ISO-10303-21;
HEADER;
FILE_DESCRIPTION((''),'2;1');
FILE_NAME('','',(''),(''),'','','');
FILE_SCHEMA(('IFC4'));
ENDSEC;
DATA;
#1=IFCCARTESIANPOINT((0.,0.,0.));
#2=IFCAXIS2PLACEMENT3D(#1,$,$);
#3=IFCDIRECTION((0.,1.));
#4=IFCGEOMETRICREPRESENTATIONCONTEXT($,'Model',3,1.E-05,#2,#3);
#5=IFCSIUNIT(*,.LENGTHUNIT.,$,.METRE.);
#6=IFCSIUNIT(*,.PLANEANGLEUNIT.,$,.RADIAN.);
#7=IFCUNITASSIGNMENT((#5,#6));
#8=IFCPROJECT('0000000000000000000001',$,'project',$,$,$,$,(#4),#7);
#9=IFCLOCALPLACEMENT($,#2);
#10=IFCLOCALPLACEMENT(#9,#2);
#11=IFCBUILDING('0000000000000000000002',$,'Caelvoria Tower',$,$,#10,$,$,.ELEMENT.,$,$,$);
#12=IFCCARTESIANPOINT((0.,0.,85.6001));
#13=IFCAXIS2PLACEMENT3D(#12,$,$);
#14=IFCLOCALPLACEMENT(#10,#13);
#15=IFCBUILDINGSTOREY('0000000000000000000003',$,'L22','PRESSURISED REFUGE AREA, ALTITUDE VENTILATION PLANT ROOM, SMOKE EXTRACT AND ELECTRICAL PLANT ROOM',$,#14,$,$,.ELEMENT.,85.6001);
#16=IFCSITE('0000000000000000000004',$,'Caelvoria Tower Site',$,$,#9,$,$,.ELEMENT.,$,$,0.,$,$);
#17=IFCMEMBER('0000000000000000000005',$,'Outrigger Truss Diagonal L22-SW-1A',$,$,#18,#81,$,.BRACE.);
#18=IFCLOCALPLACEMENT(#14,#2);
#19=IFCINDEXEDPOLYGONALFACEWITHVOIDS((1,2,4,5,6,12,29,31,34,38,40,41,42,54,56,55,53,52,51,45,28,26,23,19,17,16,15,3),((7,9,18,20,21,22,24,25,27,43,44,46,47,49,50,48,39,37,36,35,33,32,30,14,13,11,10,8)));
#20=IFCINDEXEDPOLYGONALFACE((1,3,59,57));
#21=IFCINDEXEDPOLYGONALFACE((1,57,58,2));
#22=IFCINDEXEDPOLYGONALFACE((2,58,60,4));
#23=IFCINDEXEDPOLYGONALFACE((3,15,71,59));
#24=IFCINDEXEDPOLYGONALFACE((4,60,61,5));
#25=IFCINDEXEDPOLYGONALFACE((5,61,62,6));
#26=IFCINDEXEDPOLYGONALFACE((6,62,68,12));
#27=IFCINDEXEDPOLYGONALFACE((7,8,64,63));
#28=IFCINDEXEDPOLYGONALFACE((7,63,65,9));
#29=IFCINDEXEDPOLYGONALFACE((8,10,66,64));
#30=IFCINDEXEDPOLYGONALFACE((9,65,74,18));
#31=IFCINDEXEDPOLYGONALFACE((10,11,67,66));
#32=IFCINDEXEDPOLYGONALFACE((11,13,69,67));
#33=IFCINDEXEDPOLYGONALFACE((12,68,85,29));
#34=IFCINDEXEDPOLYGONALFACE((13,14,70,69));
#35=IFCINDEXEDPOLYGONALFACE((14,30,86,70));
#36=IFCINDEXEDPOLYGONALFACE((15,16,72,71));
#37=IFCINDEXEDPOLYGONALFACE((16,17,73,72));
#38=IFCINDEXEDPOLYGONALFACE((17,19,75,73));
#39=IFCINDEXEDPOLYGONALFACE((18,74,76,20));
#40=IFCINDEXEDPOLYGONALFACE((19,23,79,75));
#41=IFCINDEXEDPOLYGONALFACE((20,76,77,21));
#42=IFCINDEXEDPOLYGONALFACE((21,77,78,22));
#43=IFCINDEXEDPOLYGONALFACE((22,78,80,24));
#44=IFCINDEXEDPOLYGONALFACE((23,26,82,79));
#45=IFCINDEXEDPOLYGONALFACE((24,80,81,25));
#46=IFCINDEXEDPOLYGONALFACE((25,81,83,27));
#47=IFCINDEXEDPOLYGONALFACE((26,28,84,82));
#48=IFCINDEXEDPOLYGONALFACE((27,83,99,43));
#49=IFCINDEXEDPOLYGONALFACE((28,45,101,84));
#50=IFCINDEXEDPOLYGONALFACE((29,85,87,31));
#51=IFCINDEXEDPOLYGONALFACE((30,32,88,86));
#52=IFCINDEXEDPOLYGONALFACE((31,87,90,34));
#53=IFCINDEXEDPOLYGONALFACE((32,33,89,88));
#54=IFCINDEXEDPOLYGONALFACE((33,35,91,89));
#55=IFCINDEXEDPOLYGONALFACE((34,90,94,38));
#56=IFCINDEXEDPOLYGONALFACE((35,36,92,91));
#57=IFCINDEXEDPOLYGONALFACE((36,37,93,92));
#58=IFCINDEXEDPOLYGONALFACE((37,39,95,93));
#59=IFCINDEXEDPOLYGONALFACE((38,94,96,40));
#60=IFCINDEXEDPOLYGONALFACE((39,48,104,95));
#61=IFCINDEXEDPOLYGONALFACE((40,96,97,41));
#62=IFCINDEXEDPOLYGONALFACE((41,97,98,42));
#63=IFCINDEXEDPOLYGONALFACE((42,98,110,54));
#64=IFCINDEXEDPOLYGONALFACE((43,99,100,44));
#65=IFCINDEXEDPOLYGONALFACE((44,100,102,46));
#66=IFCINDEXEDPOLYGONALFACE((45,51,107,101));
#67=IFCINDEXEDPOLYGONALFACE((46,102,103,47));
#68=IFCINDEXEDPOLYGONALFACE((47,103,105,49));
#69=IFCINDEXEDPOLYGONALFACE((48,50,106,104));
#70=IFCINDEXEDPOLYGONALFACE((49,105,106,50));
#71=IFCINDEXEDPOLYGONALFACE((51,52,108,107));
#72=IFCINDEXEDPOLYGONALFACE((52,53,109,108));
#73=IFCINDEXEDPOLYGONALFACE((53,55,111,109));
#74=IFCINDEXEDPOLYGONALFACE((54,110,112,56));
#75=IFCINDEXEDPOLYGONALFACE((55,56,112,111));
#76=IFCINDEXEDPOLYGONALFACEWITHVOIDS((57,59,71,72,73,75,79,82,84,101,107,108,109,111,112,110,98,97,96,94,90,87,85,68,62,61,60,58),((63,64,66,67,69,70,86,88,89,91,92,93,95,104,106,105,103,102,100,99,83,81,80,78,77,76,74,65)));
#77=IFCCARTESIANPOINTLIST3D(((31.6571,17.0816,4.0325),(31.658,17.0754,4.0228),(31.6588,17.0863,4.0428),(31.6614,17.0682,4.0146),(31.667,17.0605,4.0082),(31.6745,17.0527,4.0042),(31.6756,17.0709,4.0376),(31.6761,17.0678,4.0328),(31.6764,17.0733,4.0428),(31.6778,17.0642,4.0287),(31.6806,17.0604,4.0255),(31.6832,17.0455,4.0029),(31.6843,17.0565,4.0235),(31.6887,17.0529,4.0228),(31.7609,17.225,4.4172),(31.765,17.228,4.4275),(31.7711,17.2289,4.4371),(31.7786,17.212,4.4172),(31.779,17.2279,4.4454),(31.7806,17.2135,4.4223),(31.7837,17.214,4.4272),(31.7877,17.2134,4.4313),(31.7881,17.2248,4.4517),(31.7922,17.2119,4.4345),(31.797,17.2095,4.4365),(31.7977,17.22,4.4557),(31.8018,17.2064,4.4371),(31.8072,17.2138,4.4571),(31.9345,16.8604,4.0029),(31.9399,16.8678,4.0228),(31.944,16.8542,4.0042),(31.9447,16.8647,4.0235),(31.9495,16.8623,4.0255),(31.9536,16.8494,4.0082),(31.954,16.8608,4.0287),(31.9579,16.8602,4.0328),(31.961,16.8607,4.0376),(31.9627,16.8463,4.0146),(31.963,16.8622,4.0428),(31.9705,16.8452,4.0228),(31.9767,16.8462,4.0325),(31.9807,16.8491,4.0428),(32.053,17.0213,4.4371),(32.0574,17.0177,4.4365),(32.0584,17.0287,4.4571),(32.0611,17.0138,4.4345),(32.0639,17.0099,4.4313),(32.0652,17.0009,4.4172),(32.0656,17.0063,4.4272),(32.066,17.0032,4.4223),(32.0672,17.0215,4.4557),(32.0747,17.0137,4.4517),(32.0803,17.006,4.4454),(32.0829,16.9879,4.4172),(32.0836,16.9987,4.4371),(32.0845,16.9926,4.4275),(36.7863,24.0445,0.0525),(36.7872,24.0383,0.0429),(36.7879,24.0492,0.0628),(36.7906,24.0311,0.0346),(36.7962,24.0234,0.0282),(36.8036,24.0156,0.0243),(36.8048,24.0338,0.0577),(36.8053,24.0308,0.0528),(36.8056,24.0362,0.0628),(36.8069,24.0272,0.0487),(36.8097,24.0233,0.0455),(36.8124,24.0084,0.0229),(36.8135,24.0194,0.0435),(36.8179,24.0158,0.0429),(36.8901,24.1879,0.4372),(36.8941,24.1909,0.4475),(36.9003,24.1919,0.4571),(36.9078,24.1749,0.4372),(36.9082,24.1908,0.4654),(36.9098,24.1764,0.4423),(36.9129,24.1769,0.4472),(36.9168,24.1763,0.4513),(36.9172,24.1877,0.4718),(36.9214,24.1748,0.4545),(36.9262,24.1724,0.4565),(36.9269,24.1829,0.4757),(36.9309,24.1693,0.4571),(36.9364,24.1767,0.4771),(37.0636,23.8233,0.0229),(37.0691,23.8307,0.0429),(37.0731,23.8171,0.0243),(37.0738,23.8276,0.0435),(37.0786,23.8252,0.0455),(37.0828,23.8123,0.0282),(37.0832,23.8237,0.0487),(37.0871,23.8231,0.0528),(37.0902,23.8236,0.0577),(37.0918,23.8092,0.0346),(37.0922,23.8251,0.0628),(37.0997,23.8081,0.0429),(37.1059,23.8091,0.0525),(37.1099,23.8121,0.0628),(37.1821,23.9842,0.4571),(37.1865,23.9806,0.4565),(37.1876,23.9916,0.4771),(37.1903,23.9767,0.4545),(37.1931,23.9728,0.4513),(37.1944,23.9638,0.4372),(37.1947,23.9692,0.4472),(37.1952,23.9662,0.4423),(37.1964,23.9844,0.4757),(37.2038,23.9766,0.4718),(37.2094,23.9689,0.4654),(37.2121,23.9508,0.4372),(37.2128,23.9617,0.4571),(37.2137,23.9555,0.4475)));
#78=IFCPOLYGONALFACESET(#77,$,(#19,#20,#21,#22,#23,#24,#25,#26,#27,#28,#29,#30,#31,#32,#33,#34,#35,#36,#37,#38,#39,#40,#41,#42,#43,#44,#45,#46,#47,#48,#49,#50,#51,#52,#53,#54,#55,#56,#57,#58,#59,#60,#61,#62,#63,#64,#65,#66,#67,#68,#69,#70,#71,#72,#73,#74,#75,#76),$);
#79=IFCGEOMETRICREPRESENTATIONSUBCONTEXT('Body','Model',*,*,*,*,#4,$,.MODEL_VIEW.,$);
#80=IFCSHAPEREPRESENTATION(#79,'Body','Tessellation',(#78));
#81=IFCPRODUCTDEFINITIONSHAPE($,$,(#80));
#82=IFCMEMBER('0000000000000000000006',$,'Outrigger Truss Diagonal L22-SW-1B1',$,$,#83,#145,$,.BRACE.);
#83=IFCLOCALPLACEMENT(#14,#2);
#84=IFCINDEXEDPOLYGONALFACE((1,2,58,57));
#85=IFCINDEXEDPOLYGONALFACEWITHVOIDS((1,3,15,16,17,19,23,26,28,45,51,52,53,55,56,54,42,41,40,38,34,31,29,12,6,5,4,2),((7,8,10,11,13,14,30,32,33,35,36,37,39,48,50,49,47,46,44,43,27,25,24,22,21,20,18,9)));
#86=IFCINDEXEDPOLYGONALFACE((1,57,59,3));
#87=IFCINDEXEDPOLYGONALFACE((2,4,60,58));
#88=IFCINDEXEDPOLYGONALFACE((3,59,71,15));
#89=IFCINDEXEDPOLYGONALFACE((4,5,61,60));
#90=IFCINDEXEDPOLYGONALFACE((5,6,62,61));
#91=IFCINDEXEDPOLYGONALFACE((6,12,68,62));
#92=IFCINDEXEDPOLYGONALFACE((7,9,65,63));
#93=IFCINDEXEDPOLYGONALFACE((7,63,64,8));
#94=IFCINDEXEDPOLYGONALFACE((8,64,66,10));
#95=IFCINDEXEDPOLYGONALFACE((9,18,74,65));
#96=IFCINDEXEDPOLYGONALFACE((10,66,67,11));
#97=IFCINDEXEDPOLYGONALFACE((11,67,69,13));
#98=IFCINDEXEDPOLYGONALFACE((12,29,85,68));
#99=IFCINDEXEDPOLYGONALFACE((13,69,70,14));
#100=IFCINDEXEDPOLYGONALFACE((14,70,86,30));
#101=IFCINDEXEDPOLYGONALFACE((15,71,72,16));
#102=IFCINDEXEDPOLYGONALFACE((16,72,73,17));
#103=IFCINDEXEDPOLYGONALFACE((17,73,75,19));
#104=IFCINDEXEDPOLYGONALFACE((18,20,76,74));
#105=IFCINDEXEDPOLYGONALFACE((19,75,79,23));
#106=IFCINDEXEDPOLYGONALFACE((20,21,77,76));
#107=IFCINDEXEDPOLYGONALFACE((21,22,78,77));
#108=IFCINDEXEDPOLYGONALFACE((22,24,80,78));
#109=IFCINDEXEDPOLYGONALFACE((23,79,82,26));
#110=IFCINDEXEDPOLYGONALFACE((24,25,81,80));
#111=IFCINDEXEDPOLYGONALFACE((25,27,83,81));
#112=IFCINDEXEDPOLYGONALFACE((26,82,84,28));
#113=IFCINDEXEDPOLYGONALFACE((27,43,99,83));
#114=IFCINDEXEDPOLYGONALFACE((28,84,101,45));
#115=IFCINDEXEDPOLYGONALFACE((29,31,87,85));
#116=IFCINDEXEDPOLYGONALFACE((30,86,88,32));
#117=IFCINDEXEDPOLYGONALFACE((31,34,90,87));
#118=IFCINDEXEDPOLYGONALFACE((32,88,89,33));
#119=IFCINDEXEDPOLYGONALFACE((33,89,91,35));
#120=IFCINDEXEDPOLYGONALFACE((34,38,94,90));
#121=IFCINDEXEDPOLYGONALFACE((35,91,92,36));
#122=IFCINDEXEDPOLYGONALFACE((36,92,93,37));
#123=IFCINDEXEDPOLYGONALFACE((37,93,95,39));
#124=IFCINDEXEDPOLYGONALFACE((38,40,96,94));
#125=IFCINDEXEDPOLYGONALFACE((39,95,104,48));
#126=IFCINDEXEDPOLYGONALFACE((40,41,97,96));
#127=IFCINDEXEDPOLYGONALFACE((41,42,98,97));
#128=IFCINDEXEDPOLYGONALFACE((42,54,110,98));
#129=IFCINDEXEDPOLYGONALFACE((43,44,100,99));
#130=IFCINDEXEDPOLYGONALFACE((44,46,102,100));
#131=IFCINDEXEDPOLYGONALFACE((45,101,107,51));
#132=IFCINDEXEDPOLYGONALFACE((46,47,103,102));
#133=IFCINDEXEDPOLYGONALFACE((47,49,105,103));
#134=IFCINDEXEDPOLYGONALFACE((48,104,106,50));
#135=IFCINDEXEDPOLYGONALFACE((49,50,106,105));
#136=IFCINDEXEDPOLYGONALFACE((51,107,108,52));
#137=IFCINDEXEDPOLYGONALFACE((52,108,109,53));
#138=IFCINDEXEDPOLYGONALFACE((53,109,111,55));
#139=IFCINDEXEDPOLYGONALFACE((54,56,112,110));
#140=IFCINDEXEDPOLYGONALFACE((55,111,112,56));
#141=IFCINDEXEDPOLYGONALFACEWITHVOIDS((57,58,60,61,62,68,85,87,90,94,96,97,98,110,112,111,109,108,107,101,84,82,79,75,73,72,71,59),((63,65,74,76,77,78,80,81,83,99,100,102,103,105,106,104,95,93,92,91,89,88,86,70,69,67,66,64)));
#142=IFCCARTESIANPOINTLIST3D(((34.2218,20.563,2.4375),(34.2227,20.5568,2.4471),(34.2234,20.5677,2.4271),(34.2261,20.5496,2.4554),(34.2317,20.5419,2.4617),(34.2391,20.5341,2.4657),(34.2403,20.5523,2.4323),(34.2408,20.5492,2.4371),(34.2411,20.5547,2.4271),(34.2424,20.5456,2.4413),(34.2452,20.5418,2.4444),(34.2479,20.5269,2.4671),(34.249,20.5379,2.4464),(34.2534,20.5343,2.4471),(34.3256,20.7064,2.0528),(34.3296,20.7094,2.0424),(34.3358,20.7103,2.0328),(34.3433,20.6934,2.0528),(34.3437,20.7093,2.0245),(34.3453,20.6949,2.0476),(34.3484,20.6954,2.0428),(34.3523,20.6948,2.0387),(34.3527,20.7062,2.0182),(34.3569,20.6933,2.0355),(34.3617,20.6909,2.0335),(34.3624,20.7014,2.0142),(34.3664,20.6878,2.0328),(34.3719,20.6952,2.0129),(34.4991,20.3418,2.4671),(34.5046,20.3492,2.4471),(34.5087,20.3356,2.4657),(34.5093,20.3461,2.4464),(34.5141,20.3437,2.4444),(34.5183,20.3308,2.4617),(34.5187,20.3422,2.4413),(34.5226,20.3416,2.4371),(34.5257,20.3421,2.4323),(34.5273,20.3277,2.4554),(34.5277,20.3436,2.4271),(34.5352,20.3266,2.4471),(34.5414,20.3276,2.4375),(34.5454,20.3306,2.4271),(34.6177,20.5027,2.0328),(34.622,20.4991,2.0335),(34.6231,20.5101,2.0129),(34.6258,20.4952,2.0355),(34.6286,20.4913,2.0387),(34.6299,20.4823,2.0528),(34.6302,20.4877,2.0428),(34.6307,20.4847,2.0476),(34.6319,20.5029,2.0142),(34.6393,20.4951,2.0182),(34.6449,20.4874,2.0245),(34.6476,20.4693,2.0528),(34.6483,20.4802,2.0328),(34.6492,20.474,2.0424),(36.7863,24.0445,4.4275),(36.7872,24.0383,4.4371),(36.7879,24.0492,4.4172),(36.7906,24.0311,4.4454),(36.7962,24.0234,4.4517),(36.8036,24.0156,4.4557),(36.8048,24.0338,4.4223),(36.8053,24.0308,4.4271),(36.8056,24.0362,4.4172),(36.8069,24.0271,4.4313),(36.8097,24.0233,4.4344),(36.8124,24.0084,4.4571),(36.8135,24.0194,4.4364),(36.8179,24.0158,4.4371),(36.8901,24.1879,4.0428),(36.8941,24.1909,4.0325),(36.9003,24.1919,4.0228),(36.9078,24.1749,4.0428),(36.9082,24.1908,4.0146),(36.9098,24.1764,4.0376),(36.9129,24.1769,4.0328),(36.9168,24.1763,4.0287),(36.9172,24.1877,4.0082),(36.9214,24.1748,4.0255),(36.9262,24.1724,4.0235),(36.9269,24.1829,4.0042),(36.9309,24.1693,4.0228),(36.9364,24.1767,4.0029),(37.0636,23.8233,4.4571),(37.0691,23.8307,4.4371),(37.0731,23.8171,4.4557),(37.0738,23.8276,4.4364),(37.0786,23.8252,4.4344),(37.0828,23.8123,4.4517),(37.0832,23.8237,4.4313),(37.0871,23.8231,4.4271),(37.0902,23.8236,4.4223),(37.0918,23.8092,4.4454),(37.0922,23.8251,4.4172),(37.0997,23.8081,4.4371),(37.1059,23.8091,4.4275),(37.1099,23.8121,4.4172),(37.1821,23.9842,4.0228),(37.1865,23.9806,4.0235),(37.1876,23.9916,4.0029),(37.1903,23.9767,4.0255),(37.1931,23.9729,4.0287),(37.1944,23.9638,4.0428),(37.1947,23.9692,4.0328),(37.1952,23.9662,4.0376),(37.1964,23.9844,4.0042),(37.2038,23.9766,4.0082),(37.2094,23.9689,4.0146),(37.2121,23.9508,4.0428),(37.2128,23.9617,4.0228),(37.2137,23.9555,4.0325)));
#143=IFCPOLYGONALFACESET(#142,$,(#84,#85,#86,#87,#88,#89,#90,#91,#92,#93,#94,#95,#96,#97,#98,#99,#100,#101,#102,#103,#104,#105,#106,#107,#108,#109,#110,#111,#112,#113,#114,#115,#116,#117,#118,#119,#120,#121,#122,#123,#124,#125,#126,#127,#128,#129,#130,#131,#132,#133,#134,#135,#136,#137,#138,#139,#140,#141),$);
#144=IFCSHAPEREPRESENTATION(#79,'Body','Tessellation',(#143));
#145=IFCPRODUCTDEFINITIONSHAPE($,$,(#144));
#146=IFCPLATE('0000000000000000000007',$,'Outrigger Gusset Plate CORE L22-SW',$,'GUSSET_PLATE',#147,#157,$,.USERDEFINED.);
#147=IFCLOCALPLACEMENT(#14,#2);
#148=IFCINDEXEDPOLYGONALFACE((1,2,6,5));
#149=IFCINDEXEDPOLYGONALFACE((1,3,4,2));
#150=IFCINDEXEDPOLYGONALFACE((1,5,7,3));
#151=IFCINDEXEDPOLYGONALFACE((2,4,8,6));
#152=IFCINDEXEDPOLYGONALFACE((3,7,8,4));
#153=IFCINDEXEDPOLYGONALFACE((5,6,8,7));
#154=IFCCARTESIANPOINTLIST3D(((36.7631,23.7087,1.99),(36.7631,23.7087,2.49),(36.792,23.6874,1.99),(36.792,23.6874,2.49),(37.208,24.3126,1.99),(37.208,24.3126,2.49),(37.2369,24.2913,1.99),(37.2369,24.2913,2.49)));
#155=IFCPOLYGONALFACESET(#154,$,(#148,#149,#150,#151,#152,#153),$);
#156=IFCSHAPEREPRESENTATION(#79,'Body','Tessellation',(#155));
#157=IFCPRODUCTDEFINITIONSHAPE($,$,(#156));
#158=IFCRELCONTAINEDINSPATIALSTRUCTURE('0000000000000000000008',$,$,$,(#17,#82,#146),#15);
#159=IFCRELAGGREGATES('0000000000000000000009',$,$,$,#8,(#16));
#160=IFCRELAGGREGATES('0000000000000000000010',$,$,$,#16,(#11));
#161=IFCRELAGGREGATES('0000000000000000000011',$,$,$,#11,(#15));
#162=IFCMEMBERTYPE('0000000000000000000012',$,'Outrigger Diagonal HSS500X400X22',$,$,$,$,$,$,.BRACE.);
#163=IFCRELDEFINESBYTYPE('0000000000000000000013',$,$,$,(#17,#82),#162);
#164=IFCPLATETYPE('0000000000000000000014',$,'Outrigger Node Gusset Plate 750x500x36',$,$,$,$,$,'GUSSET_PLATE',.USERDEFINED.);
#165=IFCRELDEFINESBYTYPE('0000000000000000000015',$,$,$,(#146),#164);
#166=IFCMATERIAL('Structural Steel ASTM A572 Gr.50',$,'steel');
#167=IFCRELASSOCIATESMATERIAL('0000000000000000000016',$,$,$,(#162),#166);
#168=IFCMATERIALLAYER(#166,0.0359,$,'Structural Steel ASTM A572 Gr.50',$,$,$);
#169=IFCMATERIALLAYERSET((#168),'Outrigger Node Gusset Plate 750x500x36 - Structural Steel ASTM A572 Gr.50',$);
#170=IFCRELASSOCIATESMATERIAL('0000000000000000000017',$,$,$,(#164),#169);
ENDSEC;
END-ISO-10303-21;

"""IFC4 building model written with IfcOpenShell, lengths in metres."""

from ifc_helpers import new_model, si_unit, direction, frame, origin, origin_2d, place, context, subcontext, project, spatial, rectangle, hollow_rectangle, extrude, material, layer, layer_set, material_profile, profile_set, type_object, element, save


model = new_model("IFC4")

# Units and contexts
model_context = context("Model", 3, precision=1e-05, world=origin(), true_north=direction((0.0, 1.0)))
body_context = subcontext(model_context, "Body", "Model", "MODEL_VIEW")
ifc_project = project(units=[si_unit("LENGTHUNIT", "METRE"), si_unit("PLANEANGLEUNIT", "RADIAN")], contexts=[model_context])

# Site, building, storey
site_placement = place(None, origin())
site = spatial("IfcSite", under=ifc_project, at=site_placement, Name="Caelvoria Tower Site", CompositionType="ELEMENT", RefElevation=0.0)
building_placement = place(site_placement, origin())
building = spatial("IfcBuilding", under=site, at=building_placement, Name="Caelvoria Tower", CompositionType="ELEMENT")
storey_placement = place(building_placement, frame((0.0, 0.0, 85.6001)))
storey = spatial("IfcBuildingStorey", under=building, at=storey_placement, Name="L22", Description="PRESSURISED REFUGE AREA, ALTITUDE VENTILATION PLANT ROOM, SMOKE EXTRACT AND ELECTRICAL PLANT ROOM", CompositionType="ELEMENT", Elevation=85.6001)

# Members
ifc_material_1 = material(Name="Structural Steel ASTM A572 Gr.50", Category="steel")
ifc_material_profile = material_profile(ifc_material_1, hollow_rectangle(XDim=0.3999, YDim=0.5, WallThickness=0.022, InnerFilletRadius=0.022, OuterFilletRadius=0.0439, at=origin_2d()), Name="Structural Steel ASTM A572 Gr.50")
ifc_profile_set = profile_set([ifc_material_profile], Name="HSS500X400X22 - Structural Steel ASTM A572 Gr.50")
member_type = type_object("IfcMemberType", Name="Outrigger Diagonal HSS500X400X22", PredefinedType="BRACE", material=ifc_profile_set)
member_1_placement = place(storey_placement, frame((37.0, 24.0, 0.25), z_axis=(-0.538777, -0.731397, 0.418065), x_axis=(0.805133, -0.593094, 0.0)))
element("IfcMember", 1, at=member_1_placement, inside=storey, type_object=member_type, Name="Outrigger Truss Diagonal L22-SW-1A", PredefinedType="BRACE", context=body_context, shape_type="SweptSolid", body=[
    extrude(hollow_rectangle(XDim=0.3999, YDim=0.5, WallThickness=0.022, InnerFilletRadius=0.022, OuterFilletRadius=0.0439, at=origin_2d()), origin(), (0.0, 0.0, 1.0), 9.52),
])
member_2_placement = place(storey_placement, frame((37.0, 24.0, 4.23), z_axis=(-0.538758, -0.731407, -0.418071), x_axis=(0.805147, -0.593076, 0.0)))
element("IfcMember", 2, at=member_2_placement, inside=storey, type_object=member_type, Name="Outrigger Truss Diagonal L22-SW-1B1", PredefinedType="BRACE", context=body_context, shape_type="SweptSolid", body=[
    extrude(hollow_rectangle(XDim=0.3999, YDim=0.5, WallThickness=0.022, InnerFilletRadius=0.022, OuterFilletRadius=0.0439, at=origin_2d()), origin(), (0.0, 0.0, 1.0), 4.76),
])

# Plate
ifc_layer_1 = layer(ifc_material_1, 0.0359, Name="Structural Steel ASTM A572 Gr.50")
ifc_layer_set_1 = layer_set([ifc_layer_1], Name="Outrigger Node Gusset Plate 750x500x36 - Structural Steel ASTM A572 Gr.50")
plate_type = type_object("IfcPlateType", Name="Outrigger Node Gusset Plate 750x500x36", ElementType="GUSSET_PLATE", PredefinedType="USERDEFINED", material=ifc_layer_set_1)
plate_placement = place(storey_placement, frame((37.0, 24.0, 1.99), z_axis=(0.0, 0.0, 1.0), x_axis=(-0.593093, -0.805134, 0.0)))
element("IfcPlate", 3, at=plate_placement, inside=storey, type_object=plate_type, Name="Outrigger Gusset Plate CORE L22-SW", ObjectType="GUSSET_PLATE", PredefinedType="USERDEFINED", context=body_context, shape_type="SweptSolid", body=[
    extrude(rectangle(XDim=0.75, YDim=0.0359, at=origin_2d()), origin(), (0.0, 0.0, 1.0), 0.5),
])

save(model, "model.ifc")
